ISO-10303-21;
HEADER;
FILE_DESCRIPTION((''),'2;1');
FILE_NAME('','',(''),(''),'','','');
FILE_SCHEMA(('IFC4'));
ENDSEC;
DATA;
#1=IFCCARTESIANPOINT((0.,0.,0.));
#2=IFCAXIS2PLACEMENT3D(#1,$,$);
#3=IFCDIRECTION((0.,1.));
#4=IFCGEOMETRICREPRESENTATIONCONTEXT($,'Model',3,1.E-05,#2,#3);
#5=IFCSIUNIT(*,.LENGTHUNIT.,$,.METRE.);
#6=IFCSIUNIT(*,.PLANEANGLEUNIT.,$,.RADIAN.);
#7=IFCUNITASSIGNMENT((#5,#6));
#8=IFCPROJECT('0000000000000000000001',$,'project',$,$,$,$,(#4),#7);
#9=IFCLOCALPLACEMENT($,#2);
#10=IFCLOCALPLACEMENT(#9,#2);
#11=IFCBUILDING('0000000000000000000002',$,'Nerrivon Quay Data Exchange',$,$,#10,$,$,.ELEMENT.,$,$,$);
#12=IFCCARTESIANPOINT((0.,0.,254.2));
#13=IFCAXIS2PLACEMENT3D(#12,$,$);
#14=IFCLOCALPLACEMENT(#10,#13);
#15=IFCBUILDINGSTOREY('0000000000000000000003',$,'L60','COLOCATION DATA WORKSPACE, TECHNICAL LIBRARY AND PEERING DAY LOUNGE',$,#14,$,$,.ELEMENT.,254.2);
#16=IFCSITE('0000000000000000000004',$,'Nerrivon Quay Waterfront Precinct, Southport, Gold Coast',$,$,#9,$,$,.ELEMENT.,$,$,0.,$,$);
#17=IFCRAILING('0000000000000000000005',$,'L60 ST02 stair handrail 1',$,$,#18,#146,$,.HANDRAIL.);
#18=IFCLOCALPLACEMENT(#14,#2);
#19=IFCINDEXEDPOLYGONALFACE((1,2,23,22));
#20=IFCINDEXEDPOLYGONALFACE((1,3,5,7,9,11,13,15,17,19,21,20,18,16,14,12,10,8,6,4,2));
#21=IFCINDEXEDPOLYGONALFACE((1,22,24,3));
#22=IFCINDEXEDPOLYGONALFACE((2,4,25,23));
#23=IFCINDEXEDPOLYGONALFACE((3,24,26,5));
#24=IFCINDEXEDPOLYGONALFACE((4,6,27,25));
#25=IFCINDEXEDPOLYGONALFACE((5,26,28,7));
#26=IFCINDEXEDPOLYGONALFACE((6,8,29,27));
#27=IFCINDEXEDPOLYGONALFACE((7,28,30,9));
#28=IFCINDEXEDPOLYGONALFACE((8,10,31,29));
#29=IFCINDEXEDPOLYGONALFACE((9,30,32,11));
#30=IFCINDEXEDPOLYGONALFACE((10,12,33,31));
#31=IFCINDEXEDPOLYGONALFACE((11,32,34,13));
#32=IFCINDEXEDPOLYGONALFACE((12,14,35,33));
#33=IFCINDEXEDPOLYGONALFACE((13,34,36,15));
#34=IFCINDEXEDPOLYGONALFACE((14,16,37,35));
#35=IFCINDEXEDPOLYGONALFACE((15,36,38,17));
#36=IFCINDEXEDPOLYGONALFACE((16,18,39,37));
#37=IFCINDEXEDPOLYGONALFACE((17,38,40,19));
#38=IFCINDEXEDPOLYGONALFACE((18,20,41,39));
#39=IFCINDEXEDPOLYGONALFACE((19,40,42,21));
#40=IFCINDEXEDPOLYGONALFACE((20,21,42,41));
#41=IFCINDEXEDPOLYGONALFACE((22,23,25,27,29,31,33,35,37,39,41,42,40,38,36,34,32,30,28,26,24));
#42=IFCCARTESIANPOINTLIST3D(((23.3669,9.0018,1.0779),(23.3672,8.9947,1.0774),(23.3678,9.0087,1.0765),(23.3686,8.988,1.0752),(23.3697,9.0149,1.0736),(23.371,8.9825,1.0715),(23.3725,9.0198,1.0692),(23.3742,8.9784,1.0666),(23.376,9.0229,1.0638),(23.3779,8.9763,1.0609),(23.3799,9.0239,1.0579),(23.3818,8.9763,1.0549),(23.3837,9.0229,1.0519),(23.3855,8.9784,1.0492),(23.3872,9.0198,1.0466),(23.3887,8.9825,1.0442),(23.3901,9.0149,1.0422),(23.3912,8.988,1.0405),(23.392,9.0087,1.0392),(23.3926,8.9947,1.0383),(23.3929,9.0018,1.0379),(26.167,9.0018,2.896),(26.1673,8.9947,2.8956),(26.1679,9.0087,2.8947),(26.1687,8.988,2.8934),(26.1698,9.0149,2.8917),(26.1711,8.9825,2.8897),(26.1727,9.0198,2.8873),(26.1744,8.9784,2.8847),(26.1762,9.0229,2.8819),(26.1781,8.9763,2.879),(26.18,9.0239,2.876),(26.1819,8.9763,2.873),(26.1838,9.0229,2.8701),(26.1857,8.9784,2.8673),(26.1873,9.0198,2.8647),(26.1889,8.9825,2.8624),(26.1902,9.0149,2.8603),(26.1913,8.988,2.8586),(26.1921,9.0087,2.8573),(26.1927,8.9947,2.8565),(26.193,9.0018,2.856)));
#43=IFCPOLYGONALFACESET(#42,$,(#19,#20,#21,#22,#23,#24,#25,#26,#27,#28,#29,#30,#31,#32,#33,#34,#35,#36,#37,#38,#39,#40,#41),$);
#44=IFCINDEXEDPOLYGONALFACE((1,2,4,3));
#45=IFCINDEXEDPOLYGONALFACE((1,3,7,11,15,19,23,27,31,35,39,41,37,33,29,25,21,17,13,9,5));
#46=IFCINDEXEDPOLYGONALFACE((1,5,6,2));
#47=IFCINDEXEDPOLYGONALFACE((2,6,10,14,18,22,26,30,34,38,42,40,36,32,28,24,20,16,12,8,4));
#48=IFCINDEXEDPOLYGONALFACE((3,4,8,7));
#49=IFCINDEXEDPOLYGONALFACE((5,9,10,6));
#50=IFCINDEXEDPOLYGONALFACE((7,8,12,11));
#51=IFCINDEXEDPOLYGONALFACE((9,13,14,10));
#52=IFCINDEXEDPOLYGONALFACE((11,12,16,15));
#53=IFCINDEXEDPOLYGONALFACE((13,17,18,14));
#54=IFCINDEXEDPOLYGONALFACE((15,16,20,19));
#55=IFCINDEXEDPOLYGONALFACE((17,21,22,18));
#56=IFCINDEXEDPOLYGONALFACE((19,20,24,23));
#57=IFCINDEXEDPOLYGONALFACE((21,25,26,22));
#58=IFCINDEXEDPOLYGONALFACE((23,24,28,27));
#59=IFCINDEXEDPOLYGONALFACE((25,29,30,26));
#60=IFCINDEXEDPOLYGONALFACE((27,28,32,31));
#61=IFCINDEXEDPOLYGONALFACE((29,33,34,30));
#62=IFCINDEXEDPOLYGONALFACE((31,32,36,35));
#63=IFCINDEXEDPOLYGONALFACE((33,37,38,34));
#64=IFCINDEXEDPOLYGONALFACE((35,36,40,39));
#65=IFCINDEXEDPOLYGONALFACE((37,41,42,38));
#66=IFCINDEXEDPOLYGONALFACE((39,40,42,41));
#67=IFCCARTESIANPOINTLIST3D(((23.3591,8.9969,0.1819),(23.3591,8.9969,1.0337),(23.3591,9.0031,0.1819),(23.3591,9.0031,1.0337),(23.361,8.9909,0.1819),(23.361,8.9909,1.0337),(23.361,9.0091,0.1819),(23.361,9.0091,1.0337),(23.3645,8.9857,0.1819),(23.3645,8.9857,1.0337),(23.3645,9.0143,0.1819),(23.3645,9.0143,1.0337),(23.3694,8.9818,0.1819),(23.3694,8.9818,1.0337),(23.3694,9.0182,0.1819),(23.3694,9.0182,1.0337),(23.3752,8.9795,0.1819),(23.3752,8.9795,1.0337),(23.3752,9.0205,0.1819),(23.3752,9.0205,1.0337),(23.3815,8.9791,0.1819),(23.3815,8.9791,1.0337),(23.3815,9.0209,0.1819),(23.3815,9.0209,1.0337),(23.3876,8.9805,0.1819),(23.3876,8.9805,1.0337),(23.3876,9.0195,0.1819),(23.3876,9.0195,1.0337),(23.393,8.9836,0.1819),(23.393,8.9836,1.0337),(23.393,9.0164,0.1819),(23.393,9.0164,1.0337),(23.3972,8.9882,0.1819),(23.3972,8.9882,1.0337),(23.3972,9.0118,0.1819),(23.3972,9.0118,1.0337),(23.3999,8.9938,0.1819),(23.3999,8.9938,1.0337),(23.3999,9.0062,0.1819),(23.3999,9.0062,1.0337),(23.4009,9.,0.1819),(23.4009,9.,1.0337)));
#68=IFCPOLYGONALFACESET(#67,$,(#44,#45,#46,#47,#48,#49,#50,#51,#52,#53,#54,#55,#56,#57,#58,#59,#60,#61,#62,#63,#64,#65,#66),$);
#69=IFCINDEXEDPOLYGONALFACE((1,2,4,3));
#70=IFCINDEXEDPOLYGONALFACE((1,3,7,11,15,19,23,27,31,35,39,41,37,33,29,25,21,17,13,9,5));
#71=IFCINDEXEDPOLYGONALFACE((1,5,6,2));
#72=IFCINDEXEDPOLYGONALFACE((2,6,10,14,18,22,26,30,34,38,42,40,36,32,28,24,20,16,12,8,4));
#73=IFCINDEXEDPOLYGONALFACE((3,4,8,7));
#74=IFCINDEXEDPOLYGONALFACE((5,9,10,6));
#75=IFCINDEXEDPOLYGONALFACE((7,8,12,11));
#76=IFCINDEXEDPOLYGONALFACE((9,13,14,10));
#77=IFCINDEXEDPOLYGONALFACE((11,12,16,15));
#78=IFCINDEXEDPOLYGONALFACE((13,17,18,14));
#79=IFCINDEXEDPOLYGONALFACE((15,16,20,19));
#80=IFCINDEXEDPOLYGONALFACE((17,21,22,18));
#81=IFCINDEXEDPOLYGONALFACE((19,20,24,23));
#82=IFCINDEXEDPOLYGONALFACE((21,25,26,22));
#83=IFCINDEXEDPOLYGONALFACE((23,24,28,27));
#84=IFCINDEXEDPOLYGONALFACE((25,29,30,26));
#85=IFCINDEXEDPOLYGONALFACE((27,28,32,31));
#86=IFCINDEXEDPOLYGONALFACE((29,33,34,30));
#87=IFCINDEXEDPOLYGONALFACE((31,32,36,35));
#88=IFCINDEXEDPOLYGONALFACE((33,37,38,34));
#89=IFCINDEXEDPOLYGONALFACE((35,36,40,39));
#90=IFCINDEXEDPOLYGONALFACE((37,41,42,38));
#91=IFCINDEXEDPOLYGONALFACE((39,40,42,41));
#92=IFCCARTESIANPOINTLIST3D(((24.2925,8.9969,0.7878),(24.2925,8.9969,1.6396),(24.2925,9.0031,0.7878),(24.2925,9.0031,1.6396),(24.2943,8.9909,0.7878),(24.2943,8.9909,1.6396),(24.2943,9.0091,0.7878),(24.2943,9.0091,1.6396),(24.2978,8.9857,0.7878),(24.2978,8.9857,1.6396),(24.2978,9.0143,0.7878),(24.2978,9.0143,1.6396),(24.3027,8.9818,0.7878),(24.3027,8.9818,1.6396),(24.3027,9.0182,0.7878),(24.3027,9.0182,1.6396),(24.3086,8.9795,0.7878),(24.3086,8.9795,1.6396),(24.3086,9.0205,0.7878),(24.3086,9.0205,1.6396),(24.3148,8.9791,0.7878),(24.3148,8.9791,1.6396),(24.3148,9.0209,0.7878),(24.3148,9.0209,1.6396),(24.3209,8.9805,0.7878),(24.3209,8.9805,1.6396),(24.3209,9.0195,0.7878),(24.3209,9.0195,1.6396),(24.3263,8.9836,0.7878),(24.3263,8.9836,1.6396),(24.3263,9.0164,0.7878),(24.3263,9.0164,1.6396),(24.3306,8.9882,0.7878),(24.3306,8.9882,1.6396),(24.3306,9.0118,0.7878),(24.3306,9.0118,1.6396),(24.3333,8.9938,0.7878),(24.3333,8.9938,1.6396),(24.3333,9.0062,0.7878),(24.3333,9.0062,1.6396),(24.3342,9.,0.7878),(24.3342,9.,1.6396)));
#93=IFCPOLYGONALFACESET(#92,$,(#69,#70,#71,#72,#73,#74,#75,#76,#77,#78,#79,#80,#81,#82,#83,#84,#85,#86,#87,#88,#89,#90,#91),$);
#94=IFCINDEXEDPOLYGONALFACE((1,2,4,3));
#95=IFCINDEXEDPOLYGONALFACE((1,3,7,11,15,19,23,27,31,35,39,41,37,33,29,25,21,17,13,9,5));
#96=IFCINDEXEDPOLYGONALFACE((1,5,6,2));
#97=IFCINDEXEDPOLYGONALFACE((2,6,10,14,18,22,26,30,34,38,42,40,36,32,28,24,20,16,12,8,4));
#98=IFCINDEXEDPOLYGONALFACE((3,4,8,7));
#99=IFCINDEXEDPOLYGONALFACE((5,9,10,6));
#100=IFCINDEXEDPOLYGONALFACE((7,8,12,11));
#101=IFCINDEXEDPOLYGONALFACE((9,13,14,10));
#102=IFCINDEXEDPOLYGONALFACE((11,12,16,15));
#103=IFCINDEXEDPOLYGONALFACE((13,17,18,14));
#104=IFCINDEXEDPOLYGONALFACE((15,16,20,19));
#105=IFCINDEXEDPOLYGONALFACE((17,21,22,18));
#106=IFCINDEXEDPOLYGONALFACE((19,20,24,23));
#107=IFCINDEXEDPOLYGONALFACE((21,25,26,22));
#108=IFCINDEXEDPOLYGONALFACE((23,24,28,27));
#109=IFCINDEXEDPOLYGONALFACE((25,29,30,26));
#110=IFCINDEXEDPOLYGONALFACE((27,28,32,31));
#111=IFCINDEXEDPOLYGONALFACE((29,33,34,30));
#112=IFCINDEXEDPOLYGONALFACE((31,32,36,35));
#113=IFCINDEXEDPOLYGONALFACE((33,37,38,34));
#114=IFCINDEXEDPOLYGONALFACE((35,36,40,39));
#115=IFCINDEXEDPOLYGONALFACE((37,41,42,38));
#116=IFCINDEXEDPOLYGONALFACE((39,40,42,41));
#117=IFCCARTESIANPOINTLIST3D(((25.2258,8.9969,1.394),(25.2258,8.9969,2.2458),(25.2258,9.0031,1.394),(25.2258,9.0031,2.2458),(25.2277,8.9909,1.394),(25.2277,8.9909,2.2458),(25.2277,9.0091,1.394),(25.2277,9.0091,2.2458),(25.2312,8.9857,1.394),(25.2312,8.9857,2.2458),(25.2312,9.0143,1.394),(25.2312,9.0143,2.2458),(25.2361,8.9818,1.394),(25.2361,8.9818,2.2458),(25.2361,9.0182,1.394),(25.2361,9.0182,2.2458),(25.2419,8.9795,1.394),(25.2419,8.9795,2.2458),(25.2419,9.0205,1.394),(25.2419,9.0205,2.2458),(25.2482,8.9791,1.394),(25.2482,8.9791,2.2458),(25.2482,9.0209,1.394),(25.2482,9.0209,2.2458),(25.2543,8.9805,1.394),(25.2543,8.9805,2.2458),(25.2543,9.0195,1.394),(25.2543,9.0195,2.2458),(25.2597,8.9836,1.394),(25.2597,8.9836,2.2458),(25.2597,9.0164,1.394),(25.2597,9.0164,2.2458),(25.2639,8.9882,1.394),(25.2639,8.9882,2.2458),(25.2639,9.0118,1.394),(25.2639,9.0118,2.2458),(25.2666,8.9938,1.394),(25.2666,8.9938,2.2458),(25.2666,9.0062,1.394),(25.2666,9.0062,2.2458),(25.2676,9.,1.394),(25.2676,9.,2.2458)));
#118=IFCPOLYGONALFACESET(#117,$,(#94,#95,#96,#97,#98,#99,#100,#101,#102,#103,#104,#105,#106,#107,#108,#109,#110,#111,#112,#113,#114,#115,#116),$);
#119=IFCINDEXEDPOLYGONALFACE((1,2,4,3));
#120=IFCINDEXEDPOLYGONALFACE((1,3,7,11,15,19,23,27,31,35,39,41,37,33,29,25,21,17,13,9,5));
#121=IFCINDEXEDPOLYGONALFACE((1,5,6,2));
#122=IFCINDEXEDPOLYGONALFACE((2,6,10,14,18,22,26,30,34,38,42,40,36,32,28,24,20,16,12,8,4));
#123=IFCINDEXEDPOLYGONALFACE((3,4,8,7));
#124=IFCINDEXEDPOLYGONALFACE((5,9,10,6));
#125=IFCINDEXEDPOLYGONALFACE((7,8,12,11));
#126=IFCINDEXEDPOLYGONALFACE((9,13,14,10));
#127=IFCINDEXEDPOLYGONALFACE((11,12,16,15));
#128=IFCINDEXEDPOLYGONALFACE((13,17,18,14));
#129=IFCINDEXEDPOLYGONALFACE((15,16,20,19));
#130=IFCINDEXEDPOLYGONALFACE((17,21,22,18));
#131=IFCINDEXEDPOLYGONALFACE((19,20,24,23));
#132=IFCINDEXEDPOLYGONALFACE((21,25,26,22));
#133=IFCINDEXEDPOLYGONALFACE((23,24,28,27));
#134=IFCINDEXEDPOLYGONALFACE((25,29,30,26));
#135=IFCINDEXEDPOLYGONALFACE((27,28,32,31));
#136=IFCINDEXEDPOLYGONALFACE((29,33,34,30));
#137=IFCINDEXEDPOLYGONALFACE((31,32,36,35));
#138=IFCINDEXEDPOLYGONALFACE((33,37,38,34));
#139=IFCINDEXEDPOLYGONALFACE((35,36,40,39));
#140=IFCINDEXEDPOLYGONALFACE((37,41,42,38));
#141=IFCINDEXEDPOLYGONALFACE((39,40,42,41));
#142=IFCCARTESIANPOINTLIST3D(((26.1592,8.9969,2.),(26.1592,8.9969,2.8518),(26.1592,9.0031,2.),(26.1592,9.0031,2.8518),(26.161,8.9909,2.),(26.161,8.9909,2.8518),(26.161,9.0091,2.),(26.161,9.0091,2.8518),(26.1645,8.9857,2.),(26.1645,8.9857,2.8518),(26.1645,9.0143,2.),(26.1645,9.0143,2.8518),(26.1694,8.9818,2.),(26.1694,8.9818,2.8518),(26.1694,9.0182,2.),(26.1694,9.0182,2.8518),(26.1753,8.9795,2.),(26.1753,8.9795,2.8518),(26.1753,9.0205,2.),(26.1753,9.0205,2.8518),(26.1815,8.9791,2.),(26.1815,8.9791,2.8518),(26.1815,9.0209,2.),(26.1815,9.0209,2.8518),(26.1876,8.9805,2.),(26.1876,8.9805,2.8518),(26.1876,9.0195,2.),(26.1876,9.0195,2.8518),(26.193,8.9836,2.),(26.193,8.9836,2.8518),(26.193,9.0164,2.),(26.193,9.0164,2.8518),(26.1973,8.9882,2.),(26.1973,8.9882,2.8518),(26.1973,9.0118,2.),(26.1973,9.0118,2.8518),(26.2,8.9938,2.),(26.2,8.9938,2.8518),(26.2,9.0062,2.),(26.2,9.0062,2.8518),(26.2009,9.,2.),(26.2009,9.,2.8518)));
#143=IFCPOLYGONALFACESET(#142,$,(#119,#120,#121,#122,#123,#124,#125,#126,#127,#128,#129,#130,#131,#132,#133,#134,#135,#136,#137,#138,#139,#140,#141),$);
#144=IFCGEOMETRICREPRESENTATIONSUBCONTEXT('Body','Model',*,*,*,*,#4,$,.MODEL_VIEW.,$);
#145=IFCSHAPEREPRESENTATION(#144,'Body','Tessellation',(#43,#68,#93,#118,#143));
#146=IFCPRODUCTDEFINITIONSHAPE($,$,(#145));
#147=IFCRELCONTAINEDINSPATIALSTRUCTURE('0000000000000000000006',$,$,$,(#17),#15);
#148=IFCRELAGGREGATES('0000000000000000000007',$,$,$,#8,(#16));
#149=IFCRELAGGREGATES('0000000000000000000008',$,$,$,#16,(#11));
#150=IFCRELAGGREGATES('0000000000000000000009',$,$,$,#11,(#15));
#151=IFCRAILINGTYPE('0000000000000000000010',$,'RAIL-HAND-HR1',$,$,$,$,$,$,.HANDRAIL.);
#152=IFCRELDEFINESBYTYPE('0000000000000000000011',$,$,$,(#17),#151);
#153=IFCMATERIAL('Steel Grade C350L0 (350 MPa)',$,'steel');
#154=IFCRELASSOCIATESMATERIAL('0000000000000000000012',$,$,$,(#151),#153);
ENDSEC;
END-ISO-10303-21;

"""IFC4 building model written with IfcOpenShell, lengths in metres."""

from ifc_helpers import new_model, si_unit, direction, frame, origin, origin_2d, place, context, subcontext, project, spatial, circle, extrude, material, type_object, element, save


model = new_model("IFC4")

# Units and contexts
model_context = context("Model", 3, precision=1e-05, world=origin(), true_north=direction((0.0, 1.0)))
body_context = subcontext(model_context, "Body", "Model", "MODEL_VIEW")
ifc_project = project(units=[si_unit("LENGTHUNIT", "METRE"), si_unit("PLANEANGLEUNIT", "RADIAN")], contexts=[model_context])

# Site, building, storey
site_placement = place(None, origin())
site = spatial("IfcSite", under=ifc_project, at=site_placement, Name="Nerrivon Quay Waterfront Precinct, Southport, Gold Coast", CompositionType="ELEMENT", RefElevation=0.0)
building_placement = place(site_placement, origin())
building = spatial("IfcBuilding", under=site, at=building_placement, Name="Nerrivon Quay Data Exchange", CompositionType="ELEMENT")
storey_placement = place(building_placement, frame((0.0, 0.0, 254.2)))
storey = spatial("IfcBuildingStorey", under=building, at=storey_placement, Name="L60", Description="COLOCATION DATA WORKSPACE, TECHNICAL LIBRARY AND PEERING DAY LOUNGE", CompositionType="ELEMENT", Elevation=254.2)

# Railing
ifc_material_1 = material(Name="Steel Grade C350L0 (350 MPa)", Category="steel")
railing_type_1 = type_object("IfcRailingType", Name="RAIL-HAND-HR1", PredefinedType="HANDRAIL", material=ifc_material_1)
railing_1_placement = place(storey_placement, frame((23.3799, 9.0, 0.1819)))
element("IfcRailing", 1, at=railing_1_placement, inside=storey, type_object=railing_type_1, Name="L60 ST02 stair handrail 1", PredefinedType="HANDRAIL", context=body_context, shape_type="SweptSolid", body=[
    extrude(circle(Radius=0.0239, at=origin_2d()), frame((0.0, 0.0, 0.876), z_axis=(0.838706, 0.0, 0.544585), x_axis=(0.0, 1.0, 0.0)), (0.0, 0.0, 1.0), 3.3386),
    extrude(circle(Radius=0.021, at=origin_2d()), origin(), (0.0, 0.0, 1.0), 0.8518),
    extrude(circle(Radius=0.021, at=origin_2d()), frame((0.9333, 0.0, 0.606)), (0.0, 0.0, 1.0), 0.8518),
    extrude(circle(Radius=0.021, at=origin_2d()), frame((1.8667, 0.0, 1.2122)), (0.0, 0.0, 1.0), 0.8518),
    extrude(circle(Radius=0.021, at=origin_2d()), frame((2.8, 0.0, 1.8181)), (0.0, 0.0, 1.0), 0.8518),
])

save(model, "model.ifc")
